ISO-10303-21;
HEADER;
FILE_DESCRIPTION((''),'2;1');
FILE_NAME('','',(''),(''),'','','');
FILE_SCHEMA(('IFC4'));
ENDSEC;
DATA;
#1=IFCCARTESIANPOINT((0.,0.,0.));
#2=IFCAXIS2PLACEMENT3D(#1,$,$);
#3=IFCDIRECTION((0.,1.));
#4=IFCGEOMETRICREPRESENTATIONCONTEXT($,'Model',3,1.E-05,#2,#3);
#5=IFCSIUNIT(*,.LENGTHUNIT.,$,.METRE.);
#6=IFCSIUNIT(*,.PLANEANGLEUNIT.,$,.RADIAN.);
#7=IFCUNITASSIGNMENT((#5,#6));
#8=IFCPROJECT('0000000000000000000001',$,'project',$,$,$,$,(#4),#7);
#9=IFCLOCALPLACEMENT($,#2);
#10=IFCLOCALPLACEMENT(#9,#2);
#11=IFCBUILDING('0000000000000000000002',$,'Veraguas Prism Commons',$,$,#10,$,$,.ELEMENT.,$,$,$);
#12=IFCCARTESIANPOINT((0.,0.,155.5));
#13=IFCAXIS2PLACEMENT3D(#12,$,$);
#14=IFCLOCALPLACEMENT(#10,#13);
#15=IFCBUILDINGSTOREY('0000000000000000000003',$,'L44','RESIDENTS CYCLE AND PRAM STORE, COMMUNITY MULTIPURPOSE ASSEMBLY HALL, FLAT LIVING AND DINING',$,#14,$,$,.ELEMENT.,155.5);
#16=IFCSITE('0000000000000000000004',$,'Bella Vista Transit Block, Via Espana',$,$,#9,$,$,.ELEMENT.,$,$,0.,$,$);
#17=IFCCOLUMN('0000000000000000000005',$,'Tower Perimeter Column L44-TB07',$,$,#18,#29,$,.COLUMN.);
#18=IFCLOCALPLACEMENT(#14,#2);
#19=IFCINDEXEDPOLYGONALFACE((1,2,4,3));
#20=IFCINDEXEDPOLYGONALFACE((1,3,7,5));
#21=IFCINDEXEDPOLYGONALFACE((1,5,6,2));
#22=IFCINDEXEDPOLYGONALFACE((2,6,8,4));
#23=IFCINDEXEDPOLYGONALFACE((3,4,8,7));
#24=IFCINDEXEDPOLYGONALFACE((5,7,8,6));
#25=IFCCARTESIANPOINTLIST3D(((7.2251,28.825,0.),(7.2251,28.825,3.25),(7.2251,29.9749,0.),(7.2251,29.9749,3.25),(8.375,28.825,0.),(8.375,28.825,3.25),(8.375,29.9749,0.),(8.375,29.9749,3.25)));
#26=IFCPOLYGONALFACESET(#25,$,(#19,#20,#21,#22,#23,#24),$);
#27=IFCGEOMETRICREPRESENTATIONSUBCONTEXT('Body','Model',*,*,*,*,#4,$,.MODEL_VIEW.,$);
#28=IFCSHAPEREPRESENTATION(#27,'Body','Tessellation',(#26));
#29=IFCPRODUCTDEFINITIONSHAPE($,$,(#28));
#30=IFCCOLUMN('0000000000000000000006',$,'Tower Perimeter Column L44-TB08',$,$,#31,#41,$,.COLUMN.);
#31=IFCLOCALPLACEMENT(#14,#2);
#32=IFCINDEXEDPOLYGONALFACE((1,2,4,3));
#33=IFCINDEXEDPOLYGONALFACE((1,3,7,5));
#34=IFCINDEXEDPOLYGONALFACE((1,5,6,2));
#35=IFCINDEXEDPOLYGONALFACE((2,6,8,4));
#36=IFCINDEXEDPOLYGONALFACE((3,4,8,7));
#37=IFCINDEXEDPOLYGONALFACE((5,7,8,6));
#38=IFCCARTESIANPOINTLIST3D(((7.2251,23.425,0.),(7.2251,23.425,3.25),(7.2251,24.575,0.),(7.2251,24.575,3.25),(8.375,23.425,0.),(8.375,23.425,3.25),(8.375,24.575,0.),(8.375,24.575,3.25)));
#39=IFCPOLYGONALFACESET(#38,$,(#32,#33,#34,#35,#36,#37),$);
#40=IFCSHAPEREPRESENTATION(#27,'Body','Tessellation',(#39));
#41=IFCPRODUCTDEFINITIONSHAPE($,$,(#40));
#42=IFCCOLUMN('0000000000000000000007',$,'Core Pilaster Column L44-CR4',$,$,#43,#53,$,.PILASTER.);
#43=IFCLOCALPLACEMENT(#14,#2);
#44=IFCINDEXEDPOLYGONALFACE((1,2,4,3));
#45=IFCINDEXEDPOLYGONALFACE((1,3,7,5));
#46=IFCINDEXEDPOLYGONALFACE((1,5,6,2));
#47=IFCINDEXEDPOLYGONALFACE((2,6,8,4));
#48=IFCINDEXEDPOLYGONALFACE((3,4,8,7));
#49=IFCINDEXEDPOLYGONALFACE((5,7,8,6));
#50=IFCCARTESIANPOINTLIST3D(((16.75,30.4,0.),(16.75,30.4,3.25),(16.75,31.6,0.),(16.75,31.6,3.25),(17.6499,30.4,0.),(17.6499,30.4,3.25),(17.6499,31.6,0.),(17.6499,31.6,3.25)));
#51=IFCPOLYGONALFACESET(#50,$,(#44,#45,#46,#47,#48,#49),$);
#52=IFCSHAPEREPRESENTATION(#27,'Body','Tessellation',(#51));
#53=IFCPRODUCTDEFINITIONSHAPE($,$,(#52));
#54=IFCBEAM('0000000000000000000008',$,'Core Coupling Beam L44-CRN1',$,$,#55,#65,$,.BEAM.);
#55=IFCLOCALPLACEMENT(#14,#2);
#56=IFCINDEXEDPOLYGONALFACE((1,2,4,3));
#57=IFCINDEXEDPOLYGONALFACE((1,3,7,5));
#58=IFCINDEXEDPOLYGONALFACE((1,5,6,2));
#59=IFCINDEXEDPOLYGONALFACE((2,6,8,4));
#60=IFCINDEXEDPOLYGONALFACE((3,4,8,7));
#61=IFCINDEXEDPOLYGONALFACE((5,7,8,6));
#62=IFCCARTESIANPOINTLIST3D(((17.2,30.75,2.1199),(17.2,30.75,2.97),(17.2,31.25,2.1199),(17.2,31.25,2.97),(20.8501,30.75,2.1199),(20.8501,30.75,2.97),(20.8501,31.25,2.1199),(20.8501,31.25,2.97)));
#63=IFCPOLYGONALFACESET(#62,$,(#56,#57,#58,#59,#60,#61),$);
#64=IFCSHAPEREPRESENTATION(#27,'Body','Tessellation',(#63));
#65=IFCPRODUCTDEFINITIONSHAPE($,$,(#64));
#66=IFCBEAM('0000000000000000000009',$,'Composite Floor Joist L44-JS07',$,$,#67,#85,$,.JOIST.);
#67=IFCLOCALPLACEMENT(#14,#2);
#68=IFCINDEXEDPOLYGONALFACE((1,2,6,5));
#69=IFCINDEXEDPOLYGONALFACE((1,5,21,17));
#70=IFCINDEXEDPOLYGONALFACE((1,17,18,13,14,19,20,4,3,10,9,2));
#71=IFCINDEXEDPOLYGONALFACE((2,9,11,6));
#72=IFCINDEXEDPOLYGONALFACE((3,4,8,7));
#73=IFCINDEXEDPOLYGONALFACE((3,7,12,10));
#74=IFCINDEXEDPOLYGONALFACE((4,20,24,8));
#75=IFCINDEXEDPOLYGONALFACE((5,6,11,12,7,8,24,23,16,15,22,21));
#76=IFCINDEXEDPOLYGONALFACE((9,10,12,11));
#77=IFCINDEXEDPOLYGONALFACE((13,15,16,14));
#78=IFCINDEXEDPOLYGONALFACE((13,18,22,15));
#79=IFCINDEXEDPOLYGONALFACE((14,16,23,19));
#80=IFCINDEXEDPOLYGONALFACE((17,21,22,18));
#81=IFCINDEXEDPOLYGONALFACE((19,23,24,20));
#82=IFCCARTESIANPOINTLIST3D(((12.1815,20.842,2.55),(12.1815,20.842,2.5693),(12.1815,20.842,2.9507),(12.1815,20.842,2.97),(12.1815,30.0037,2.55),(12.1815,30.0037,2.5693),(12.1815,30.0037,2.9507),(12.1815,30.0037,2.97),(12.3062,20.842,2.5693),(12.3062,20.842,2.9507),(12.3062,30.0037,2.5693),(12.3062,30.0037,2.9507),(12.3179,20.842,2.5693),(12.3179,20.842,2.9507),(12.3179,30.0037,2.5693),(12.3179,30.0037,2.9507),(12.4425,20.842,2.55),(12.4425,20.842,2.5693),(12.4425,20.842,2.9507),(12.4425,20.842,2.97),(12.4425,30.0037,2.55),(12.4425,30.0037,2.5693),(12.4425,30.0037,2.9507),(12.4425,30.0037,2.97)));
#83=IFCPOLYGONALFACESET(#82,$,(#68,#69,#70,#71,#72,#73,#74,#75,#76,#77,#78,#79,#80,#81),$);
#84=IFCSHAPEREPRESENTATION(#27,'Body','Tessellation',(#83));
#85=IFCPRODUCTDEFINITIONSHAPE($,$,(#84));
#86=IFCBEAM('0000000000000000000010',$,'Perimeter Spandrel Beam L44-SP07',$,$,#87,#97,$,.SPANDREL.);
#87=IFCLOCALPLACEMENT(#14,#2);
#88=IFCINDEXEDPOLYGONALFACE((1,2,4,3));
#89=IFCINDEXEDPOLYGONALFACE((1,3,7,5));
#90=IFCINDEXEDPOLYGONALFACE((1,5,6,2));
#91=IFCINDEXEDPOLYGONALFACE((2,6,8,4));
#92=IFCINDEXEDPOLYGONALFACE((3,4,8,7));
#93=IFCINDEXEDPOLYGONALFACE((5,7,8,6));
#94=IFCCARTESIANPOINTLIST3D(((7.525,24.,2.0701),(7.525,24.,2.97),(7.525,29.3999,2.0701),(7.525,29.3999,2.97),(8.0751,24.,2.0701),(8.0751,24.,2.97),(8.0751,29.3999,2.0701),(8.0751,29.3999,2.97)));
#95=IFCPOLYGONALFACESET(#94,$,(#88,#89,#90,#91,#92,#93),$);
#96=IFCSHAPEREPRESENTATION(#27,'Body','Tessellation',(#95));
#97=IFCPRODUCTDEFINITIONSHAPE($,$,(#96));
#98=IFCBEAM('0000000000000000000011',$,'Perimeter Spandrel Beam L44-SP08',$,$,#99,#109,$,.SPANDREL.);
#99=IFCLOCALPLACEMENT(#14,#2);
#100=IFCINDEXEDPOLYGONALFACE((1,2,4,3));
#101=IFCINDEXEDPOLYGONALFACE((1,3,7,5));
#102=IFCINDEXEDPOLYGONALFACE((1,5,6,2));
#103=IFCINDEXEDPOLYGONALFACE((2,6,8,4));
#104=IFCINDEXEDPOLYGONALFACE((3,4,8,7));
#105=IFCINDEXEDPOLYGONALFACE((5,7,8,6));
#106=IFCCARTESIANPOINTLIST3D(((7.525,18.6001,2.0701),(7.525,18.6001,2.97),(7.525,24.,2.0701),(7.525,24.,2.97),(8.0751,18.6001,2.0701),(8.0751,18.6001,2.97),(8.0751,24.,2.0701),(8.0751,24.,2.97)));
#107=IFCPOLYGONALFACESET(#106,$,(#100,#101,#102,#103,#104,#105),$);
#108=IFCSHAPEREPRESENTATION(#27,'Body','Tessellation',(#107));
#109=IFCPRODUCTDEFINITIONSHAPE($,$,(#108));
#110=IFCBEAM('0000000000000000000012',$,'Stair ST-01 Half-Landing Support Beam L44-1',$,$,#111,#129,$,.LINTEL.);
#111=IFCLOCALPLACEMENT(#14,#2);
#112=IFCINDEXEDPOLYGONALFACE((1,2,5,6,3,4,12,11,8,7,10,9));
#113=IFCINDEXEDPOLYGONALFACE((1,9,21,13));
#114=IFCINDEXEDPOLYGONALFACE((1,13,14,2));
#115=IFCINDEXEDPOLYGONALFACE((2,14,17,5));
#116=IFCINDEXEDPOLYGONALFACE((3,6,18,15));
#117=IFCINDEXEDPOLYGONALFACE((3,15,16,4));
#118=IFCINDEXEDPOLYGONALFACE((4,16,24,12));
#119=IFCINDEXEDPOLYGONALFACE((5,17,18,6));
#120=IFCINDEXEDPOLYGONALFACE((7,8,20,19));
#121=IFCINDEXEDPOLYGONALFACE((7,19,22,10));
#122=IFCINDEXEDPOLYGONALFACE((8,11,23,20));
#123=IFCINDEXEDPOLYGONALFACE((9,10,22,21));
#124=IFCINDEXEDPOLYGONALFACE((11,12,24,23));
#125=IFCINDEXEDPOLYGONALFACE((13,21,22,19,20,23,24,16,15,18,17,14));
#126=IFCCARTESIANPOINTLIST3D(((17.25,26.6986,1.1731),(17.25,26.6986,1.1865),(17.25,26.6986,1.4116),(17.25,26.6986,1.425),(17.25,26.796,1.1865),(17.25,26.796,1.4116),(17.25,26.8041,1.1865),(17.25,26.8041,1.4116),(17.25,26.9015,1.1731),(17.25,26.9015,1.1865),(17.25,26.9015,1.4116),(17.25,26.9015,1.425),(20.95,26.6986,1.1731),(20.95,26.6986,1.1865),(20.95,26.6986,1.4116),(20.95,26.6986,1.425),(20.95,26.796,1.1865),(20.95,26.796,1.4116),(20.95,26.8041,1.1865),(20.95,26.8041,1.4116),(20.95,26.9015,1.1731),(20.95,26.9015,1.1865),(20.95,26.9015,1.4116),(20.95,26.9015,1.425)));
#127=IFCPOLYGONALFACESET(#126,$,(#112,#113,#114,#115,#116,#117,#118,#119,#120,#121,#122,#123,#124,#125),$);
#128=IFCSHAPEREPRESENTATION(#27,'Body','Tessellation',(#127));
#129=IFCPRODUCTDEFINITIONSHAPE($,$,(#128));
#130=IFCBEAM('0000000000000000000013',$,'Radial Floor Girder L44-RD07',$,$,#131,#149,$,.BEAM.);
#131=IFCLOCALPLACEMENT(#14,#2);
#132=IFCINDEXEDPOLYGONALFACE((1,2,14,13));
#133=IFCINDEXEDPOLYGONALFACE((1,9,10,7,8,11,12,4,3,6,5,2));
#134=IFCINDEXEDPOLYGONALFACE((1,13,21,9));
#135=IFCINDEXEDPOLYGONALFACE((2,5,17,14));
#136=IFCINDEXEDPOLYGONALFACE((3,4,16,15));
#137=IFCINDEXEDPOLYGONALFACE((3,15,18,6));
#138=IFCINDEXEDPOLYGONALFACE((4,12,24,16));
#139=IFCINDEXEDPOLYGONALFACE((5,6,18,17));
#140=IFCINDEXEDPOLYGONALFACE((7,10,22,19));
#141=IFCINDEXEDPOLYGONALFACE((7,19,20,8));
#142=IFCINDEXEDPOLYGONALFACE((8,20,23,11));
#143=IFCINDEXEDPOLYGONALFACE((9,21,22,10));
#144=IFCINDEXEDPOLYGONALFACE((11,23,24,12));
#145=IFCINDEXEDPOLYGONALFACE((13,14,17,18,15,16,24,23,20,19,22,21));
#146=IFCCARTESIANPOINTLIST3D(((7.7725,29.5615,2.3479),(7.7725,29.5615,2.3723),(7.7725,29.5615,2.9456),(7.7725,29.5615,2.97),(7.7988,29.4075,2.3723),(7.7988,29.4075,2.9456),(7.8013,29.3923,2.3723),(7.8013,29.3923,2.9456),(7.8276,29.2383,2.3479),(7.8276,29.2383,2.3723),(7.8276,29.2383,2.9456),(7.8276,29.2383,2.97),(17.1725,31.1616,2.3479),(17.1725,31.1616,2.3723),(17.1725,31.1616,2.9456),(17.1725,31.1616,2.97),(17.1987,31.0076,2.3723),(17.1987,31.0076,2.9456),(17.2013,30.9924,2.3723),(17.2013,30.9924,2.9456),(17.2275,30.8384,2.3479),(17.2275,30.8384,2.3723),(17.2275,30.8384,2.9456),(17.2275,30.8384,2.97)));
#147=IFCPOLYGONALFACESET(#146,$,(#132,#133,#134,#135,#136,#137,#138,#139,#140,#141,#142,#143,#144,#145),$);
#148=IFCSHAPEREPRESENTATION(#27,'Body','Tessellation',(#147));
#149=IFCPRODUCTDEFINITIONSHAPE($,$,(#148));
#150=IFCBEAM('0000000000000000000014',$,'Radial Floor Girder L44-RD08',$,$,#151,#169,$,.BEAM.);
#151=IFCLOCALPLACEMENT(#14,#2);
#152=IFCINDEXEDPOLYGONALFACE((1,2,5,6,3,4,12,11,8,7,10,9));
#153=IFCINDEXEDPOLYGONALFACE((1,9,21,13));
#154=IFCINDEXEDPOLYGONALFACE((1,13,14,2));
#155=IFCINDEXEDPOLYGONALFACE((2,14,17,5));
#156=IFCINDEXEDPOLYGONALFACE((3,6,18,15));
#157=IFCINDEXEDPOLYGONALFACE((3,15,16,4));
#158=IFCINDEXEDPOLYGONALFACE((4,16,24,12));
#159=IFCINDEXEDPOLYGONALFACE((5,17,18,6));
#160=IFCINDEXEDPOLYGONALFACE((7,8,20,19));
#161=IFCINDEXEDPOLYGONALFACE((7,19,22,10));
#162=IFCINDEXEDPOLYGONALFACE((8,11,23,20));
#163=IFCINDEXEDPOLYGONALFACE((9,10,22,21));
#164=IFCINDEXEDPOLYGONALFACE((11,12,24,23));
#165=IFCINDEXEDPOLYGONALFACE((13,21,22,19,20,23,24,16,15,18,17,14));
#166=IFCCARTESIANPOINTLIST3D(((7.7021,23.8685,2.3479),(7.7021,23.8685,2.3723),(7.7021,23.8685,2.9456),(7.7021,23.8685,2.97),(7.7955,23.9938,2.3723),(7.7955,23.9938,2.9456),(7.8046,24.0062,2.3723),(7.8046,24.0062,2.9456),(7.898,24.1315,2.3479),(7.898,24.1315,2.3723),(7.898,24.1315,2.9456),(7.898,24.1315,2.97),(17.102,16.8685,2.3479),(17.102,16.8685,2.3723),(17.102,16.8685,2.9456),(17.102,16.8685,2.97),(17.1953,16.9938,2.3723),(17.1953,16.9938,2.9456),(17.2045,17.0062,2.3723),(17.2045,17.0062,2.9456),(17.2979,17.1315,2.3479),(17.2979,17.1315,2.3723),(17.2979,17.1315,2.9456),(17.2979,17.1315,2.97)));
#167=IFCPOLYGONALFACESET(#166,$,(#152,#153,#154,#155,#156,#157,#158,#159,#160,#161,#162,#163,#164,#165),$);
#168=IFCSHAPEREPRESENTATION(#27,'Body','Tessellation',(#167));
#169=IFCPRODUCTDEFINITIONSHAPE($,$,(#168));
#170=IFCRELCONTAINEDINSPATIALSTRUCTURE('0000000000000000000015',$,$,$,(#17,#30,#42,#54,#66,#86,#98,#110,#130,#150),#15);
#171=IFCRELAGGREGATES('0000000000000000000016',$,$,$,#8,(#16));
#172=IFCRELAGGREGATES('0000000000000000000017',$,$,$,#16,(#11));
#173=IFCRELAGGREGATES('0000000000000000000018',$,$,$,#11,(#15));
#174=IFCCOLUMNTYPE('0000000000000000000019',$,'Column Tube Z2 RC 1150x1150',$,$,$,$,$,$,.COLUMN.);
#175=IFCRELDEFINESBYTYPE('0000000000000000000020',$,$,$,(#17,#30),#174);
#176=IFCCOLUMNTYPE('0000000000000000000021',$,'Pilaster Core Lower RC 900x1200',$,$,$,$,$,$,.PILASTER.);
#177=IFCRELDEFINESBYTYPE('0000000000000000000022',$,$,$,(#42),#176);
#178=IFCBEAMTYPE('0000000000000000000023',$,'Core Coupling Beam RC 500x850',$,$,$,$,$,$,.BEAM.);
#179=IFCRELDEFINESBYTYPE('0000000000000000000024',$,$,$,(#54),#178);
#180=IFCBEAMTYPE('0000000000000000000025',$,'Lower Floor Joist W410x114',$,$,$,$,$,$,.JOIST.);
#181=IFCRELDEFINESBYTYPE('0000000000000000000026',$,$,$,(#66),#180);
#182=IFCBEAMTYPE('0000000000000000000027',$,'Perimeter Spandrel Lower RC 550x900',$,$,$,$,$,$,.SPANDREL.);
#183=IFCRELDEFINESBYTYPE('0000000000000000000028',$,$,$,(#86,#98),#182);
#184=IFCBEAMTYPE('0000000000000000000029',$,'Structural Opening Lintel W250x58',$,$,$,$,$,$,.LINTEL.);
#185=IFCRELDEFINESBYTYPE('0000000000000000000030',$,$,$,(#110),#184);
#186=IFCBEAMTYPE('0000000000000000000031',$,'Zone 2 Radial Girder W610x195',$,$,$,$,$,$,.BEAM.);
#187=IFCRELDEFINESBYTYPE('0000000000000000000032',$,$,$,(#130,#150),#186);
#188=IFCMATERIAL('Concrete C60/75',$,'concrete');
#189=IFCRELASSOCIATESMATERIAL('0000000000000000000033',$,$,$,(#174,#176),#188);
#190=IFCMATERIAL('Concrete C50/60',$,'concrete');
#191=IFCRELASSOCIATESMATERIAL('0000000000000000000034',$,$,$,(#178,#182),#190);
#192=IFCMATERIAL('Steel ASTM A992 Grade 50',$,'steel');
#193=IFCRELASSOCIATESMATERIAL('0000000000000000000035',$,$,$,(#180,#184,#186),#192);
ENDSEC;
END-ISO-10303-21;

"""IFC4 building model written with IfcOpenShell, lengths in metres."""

from ifc_helpers import new_model, si_unit, direction, frame, origin, origin_2d, place, context, subcontext, project, spatial, rectangle, i_section, extrude, material, material_profile, profile_set, type_object, element, save


model = new_model("IFC4")

# Units and contexts
model_context = context("Model", 3, precision=1e-05, world=origin(), true_north=direction((0.0, 1.0)))
body_context = subcontext(model_context, "Body", "Model", "MODEL_VIEW")
ifc_project = project(units=[si_unit("LENGTHUNIT", "METRE"), si_unit("PLANEANGLEUNIT", "RADIAN")], contexts=[model_context])

# Site, building, storey
site_placement = place(None, origin())
site = spatial("IfcSite", under=ifc_project, at=site_placement, Name="Bella Vista Transit Block, Via Espana", CompositionType="ELEMENT", RefElevation=0.0)
building_placement = place(site_placement, origin())
building = spatial("IfcBuilding", under=site, at=building_placement, Name="Veraguas Prism Commons", CompositionType="ELEMENT")
storey_placement = place(building_placement, frame((0.0, 0.0, 155.5)))
storey = spatial("IfcBuildingStorey", under=building, at=storey_placement, Name="L44", Description="RESIDENTS CYCLE AND PRAM STORE, COMMUNITY MULTIPURPOSE ASSEMBLY HALL, FLAT LIVING AND DINING", CompositionType="ELEMENT", Elevation=155.5)

# Columns
ifc_material_1 = material(Name="Concrete C60/75", Category="concrete")
ifc_material_profile_1 = material_profile(ifc_material_1, rectangle(XDim=1.1499, YDim=1.1499, at=origin_2d()), Name="RC1150X1150")
ifc_profile_set_1 = profile_set([ifc_material_profile_1], Name="Concrete C60/75")
column_type_1 = type_object("IfcColumnType", Name="Column Tube Z2 RC 1150x1150", PredefinedType="COLUMN", material=ifc_profile_set_1)
for number, where, z_axis, x_axis, name in (
    (1, (7.8, 29.3999, 0.0), (0.0, 0.0, 1.0), (1.0, 0.0, 0.0), "Tower Perimeter Column L44-TB07"),
    (2, (7.8, 24.0, 0.0), (0.0, 0.0, 1.0), (1.0, 0.0, 0.0), "Tower Perimeter Column L44-TB08"),
):
    element("IfcColumn", number, at=place(storey_placement, frame(where, z_axis=z_axis, x_axis=x_axis)), inside=storey, type_object=column_type_1, Name=name, PredefinedType="COLUMN", context=body_context, shape_type="SweptSolid", body=[
        extrude(rectangle(XDim=1.1499, YDim=1.1499, at=origin_2d()), origin(), (0.0, 0.0, 1.0), 3.25),
    ])
ifc_material_profile_2 = material_profile(ifc_material_1, rectangle(XDim=0.8999, YDim=1.2, at=origin_2d()), Name="RC900X1200")
ifc_profile_set_2 = profile_set([ifc_material_profile_2], Name="Concrete C60/75")
column_type_2 = type_object("IfcColumnType", Name="Pilaster Core Lower RC 900x1200", PredefinedType="PILASTER", material=ifc_profile_set_2)
column_placement = place(storey_placement, frame((17.2, 31.0, 0.0), z_axis=(0.0, 0.0, 1.0), x_axis=(1.0, 0.0, 0.0)))
element("IfcColumn", 3, at=column_placement, inside=storey, type_object=column_type_2, Name="Core Pilaster Column L44-CR4", PredefinedType="PILASTER", context=body_context, shape_type="SweptSolid", body=[
    extrude(rectangle(XDim=0.8999, YDim=1.2, at=origin_2d()), origin(), (0.0, 0.0, 1.0), 3.25),
])

# Beams
ifc_material_2 = material(Name="Concrete C50/60", Category="concrete")
ifc_material_profile_3 = material_profile(ifc_material_2, rectangle(XDim=0.5, YDim=0.8501, at=origin_2d()), Name="RC500X850")
ifc_profile_set_3 = profile_set([ifc_material_profile_3], Name="Concrete C50/60")
beam_type_1 = type_object("IfcBeamType", Name="Core Coupling Beam RC 500x850", PredefinedType="BEAM", material=ifc_profile_set_3)
beam_1_placement = place(storey_placement, frame((17.2, 31.0, 2.5449), z_axis=(1.0, 0.0, 0.0), x_axis=(0.0, 1.0, 0.0)))
element("IfcBeam", 4, at=beam_1_placement, inside=storey, type_object=beam_type_1, Name="Core Coupling Beam L44-CRN1", PredefinedType="BEAM", context=body_context, shape_type="SweptSolid", body=[
    extrude(rectangle(XDim=0.5, YDim=0.8501, at=origin_2d()), origin(), (0.0, 0.0, 1.0), 3.6501),
])
ifc_material_3 = material(Name="Steel ASTM A992 Grade 50", Category="steel")
ifc_material_profile_4 = material_profile(ifc_material_3, i_section(OverallWidth=0.261, OverallDepth=0.4199, WebThickness=0.0117, FlangeThickness=0.0193, at=origin_2d()), Name="W410X114")
ifc_profile_set_4 = profile_set([ifc_material_profile_4], Name="Steel ASTM A992 Grade 50")
beam_type_2 = type_object("IfcBeamType", Name="Lower Floor Joist W410x114", PredefinedType="JOIST", material=ifc_profile_set_4)
beam_2_placement = place(storey_placement, frame((12.312, 30.0037, 2.76), z_axis=(0.0, -1.0, 0.0), x_axis=(1.0, 0.0, 0.0)))
element("IfcBeam", 5, at=beam_2_placement, inside=storey, type_object=beam_type_2, Name="Composite Floor Joist L44-JS07", PredefinedType="JOIST", context=body_context, shape_type="SweptSolid", body=[
    extrude(i_section(OverallWidth=0.261, OverallDepth=0.4199, WebThickness=0.0117, FlangeThickness=0.0193, at=origin_2d()), origin(), (0.0, 0.0, 1.0), 9.1616),
])
ifc_material_profile_5 = material_profile(ifc_material_2, rectangle(XDim=0.55, YDim=0.8999, at=origin_2d()), Name="RC550X900")
ifc_profile_set_5 = profile_set([ifc_material_profile_5], Name="Concrete C50/60")
beam_type_3 = type_object("IfcBeamType", Name="Perimeter Spandrel Lower RC 550x900", PredefinedType="SPANDREL", material=ifc_profile_set_5)
for number, where, z_axis, x_axis, name in (
    (6, (7.8, 29.3999, 2.52), (0.0, -1.0, 0.0), (1.0, 0.0, 0.0), "Perimeter Spandrel Beam L44-SP07"),
    (7, (7.8, 24.0, 2.52), (0.0, -1.0, 0.0), (1.0, 0.0, 0.0), "Perimeter Spandrel Beam L44-SP08"),
):
    element("IfcBeam", number, at=place(storey_placement, frame(where, z_axis=z_axis, x_axis=x_axis)), inside=storey, type_object=beam_type_3, Name=name, PredefinedType="SPANDREL", context=body_context, shape_type="SweptSolid", body=[
        extrude(rectangle(XDim=0.55, YDim=0.8999, at=origin_2d()), origin(), (0.0, 0.0, 1.0), 5.3999),
    ])
ifc_material_profile_6 = material_profile(ifc_material_3, i_section(OverallWidth=0.2029, OverallDepth=0.252, WebThickness=0.0081, FlangeThickness=0.0134, at=origin_2d()), Name="W250X58")
ifc_profile_set_6 = profile_set([ifc_material_profile_6], Name="Steel ASTM A992 Grade 50")
beam_type_4 = type_object("IfcBeamType", Name="Structural Opening Lintel W250x58", PredefinedType="LINTEL", material=ifc_profile_set_6)
beam_3_placement = place(storey_placement, frame((17.25, 26.8, 1.2991), z_axis=(1.0, 0.0, 0.0), x_axis=(0.0, 1.0, 0.0)))
element("IfcBeam", 8, at=beam_3_placement, inside=storey, type_object=beam_type_4, Name="Stair ST-01 Half-Landing Support Beam L44-1", PredefinedType="LINTEL", context=body_context, shape_type="SweptSolid", body=[
    extrude(i_section(OverallWidth=0.2029, OverallDepth=0.252, WebThickness=0.0081, FlangeThickness=0.0134, at=origin_2d()), origin(), (0.0, 0.0, 1.0), 3.7),
])
ifc_material_profile_7 = material_profile(ifc_material_3, i_section(OverallWidth=0.3279, OverallDepth=0.6221, WebThickness=0.0154, FlangeThickness=0.0244, at=origin_2d()), Name="W610X195")
ifc_profile_set_7 = profile_set([ifc_material_profile_7], Name="Steel ASTM A992 Grade 50")
beam_type_5 = type_object("IfcBeamType", Name="Zone 2 Radial Girder W610x195", PredefinedType="BEAM", material=ifc_profile_set_7)
beam_4_placement = place(storey_placement, frame((7.8, 29.3999, 2.6589), z_axis=(0.985819, 0.167811, 0.0), x_axis=(-0.167811, 0.985819, 0.0)))
element("IfcBeam", 9, at=beam_4_placement, inside=storey, type_object=beam_type_5, Name="Radial Floor Girder L44-RD07", PredefinedType="BEAM", context=body_context, shape_type="SweptSolid", body=[
    extrude(i_section(OverallWidth=0.3279, OverallDepth=0.6221, WebThickness=0.0154, FlangeThickness=0.0244, at=origin_2d()), origin(), (0.0, 0.0, 1.0), 9.5352),
])
beam_5_placement = place(storey_placement, frame((7.8, 24.0, 2.6589), z_axis=(0.80204, -0.59727, 0.0), x_axis=(0.59727, 0.80204, 0.0)))
element("IfcBeam", 10, at=beam_5_placement, inside=storey, type_object=beam_type_5, Name="Radial Floor Girder L44-RD08", PredefinedType="BEAM", context=body_context, shape_type="SweptSolid", body=[
    extrude(i_section(OverallWidth=0.3279, OverallDepth=0.6221, WebThickness=0.0154, FlangeThickness=0.0244, at=origin_2d()), origin(), (0.0, 0.0, 1.0), 11.72),
])

save(model, "model.ifc")
